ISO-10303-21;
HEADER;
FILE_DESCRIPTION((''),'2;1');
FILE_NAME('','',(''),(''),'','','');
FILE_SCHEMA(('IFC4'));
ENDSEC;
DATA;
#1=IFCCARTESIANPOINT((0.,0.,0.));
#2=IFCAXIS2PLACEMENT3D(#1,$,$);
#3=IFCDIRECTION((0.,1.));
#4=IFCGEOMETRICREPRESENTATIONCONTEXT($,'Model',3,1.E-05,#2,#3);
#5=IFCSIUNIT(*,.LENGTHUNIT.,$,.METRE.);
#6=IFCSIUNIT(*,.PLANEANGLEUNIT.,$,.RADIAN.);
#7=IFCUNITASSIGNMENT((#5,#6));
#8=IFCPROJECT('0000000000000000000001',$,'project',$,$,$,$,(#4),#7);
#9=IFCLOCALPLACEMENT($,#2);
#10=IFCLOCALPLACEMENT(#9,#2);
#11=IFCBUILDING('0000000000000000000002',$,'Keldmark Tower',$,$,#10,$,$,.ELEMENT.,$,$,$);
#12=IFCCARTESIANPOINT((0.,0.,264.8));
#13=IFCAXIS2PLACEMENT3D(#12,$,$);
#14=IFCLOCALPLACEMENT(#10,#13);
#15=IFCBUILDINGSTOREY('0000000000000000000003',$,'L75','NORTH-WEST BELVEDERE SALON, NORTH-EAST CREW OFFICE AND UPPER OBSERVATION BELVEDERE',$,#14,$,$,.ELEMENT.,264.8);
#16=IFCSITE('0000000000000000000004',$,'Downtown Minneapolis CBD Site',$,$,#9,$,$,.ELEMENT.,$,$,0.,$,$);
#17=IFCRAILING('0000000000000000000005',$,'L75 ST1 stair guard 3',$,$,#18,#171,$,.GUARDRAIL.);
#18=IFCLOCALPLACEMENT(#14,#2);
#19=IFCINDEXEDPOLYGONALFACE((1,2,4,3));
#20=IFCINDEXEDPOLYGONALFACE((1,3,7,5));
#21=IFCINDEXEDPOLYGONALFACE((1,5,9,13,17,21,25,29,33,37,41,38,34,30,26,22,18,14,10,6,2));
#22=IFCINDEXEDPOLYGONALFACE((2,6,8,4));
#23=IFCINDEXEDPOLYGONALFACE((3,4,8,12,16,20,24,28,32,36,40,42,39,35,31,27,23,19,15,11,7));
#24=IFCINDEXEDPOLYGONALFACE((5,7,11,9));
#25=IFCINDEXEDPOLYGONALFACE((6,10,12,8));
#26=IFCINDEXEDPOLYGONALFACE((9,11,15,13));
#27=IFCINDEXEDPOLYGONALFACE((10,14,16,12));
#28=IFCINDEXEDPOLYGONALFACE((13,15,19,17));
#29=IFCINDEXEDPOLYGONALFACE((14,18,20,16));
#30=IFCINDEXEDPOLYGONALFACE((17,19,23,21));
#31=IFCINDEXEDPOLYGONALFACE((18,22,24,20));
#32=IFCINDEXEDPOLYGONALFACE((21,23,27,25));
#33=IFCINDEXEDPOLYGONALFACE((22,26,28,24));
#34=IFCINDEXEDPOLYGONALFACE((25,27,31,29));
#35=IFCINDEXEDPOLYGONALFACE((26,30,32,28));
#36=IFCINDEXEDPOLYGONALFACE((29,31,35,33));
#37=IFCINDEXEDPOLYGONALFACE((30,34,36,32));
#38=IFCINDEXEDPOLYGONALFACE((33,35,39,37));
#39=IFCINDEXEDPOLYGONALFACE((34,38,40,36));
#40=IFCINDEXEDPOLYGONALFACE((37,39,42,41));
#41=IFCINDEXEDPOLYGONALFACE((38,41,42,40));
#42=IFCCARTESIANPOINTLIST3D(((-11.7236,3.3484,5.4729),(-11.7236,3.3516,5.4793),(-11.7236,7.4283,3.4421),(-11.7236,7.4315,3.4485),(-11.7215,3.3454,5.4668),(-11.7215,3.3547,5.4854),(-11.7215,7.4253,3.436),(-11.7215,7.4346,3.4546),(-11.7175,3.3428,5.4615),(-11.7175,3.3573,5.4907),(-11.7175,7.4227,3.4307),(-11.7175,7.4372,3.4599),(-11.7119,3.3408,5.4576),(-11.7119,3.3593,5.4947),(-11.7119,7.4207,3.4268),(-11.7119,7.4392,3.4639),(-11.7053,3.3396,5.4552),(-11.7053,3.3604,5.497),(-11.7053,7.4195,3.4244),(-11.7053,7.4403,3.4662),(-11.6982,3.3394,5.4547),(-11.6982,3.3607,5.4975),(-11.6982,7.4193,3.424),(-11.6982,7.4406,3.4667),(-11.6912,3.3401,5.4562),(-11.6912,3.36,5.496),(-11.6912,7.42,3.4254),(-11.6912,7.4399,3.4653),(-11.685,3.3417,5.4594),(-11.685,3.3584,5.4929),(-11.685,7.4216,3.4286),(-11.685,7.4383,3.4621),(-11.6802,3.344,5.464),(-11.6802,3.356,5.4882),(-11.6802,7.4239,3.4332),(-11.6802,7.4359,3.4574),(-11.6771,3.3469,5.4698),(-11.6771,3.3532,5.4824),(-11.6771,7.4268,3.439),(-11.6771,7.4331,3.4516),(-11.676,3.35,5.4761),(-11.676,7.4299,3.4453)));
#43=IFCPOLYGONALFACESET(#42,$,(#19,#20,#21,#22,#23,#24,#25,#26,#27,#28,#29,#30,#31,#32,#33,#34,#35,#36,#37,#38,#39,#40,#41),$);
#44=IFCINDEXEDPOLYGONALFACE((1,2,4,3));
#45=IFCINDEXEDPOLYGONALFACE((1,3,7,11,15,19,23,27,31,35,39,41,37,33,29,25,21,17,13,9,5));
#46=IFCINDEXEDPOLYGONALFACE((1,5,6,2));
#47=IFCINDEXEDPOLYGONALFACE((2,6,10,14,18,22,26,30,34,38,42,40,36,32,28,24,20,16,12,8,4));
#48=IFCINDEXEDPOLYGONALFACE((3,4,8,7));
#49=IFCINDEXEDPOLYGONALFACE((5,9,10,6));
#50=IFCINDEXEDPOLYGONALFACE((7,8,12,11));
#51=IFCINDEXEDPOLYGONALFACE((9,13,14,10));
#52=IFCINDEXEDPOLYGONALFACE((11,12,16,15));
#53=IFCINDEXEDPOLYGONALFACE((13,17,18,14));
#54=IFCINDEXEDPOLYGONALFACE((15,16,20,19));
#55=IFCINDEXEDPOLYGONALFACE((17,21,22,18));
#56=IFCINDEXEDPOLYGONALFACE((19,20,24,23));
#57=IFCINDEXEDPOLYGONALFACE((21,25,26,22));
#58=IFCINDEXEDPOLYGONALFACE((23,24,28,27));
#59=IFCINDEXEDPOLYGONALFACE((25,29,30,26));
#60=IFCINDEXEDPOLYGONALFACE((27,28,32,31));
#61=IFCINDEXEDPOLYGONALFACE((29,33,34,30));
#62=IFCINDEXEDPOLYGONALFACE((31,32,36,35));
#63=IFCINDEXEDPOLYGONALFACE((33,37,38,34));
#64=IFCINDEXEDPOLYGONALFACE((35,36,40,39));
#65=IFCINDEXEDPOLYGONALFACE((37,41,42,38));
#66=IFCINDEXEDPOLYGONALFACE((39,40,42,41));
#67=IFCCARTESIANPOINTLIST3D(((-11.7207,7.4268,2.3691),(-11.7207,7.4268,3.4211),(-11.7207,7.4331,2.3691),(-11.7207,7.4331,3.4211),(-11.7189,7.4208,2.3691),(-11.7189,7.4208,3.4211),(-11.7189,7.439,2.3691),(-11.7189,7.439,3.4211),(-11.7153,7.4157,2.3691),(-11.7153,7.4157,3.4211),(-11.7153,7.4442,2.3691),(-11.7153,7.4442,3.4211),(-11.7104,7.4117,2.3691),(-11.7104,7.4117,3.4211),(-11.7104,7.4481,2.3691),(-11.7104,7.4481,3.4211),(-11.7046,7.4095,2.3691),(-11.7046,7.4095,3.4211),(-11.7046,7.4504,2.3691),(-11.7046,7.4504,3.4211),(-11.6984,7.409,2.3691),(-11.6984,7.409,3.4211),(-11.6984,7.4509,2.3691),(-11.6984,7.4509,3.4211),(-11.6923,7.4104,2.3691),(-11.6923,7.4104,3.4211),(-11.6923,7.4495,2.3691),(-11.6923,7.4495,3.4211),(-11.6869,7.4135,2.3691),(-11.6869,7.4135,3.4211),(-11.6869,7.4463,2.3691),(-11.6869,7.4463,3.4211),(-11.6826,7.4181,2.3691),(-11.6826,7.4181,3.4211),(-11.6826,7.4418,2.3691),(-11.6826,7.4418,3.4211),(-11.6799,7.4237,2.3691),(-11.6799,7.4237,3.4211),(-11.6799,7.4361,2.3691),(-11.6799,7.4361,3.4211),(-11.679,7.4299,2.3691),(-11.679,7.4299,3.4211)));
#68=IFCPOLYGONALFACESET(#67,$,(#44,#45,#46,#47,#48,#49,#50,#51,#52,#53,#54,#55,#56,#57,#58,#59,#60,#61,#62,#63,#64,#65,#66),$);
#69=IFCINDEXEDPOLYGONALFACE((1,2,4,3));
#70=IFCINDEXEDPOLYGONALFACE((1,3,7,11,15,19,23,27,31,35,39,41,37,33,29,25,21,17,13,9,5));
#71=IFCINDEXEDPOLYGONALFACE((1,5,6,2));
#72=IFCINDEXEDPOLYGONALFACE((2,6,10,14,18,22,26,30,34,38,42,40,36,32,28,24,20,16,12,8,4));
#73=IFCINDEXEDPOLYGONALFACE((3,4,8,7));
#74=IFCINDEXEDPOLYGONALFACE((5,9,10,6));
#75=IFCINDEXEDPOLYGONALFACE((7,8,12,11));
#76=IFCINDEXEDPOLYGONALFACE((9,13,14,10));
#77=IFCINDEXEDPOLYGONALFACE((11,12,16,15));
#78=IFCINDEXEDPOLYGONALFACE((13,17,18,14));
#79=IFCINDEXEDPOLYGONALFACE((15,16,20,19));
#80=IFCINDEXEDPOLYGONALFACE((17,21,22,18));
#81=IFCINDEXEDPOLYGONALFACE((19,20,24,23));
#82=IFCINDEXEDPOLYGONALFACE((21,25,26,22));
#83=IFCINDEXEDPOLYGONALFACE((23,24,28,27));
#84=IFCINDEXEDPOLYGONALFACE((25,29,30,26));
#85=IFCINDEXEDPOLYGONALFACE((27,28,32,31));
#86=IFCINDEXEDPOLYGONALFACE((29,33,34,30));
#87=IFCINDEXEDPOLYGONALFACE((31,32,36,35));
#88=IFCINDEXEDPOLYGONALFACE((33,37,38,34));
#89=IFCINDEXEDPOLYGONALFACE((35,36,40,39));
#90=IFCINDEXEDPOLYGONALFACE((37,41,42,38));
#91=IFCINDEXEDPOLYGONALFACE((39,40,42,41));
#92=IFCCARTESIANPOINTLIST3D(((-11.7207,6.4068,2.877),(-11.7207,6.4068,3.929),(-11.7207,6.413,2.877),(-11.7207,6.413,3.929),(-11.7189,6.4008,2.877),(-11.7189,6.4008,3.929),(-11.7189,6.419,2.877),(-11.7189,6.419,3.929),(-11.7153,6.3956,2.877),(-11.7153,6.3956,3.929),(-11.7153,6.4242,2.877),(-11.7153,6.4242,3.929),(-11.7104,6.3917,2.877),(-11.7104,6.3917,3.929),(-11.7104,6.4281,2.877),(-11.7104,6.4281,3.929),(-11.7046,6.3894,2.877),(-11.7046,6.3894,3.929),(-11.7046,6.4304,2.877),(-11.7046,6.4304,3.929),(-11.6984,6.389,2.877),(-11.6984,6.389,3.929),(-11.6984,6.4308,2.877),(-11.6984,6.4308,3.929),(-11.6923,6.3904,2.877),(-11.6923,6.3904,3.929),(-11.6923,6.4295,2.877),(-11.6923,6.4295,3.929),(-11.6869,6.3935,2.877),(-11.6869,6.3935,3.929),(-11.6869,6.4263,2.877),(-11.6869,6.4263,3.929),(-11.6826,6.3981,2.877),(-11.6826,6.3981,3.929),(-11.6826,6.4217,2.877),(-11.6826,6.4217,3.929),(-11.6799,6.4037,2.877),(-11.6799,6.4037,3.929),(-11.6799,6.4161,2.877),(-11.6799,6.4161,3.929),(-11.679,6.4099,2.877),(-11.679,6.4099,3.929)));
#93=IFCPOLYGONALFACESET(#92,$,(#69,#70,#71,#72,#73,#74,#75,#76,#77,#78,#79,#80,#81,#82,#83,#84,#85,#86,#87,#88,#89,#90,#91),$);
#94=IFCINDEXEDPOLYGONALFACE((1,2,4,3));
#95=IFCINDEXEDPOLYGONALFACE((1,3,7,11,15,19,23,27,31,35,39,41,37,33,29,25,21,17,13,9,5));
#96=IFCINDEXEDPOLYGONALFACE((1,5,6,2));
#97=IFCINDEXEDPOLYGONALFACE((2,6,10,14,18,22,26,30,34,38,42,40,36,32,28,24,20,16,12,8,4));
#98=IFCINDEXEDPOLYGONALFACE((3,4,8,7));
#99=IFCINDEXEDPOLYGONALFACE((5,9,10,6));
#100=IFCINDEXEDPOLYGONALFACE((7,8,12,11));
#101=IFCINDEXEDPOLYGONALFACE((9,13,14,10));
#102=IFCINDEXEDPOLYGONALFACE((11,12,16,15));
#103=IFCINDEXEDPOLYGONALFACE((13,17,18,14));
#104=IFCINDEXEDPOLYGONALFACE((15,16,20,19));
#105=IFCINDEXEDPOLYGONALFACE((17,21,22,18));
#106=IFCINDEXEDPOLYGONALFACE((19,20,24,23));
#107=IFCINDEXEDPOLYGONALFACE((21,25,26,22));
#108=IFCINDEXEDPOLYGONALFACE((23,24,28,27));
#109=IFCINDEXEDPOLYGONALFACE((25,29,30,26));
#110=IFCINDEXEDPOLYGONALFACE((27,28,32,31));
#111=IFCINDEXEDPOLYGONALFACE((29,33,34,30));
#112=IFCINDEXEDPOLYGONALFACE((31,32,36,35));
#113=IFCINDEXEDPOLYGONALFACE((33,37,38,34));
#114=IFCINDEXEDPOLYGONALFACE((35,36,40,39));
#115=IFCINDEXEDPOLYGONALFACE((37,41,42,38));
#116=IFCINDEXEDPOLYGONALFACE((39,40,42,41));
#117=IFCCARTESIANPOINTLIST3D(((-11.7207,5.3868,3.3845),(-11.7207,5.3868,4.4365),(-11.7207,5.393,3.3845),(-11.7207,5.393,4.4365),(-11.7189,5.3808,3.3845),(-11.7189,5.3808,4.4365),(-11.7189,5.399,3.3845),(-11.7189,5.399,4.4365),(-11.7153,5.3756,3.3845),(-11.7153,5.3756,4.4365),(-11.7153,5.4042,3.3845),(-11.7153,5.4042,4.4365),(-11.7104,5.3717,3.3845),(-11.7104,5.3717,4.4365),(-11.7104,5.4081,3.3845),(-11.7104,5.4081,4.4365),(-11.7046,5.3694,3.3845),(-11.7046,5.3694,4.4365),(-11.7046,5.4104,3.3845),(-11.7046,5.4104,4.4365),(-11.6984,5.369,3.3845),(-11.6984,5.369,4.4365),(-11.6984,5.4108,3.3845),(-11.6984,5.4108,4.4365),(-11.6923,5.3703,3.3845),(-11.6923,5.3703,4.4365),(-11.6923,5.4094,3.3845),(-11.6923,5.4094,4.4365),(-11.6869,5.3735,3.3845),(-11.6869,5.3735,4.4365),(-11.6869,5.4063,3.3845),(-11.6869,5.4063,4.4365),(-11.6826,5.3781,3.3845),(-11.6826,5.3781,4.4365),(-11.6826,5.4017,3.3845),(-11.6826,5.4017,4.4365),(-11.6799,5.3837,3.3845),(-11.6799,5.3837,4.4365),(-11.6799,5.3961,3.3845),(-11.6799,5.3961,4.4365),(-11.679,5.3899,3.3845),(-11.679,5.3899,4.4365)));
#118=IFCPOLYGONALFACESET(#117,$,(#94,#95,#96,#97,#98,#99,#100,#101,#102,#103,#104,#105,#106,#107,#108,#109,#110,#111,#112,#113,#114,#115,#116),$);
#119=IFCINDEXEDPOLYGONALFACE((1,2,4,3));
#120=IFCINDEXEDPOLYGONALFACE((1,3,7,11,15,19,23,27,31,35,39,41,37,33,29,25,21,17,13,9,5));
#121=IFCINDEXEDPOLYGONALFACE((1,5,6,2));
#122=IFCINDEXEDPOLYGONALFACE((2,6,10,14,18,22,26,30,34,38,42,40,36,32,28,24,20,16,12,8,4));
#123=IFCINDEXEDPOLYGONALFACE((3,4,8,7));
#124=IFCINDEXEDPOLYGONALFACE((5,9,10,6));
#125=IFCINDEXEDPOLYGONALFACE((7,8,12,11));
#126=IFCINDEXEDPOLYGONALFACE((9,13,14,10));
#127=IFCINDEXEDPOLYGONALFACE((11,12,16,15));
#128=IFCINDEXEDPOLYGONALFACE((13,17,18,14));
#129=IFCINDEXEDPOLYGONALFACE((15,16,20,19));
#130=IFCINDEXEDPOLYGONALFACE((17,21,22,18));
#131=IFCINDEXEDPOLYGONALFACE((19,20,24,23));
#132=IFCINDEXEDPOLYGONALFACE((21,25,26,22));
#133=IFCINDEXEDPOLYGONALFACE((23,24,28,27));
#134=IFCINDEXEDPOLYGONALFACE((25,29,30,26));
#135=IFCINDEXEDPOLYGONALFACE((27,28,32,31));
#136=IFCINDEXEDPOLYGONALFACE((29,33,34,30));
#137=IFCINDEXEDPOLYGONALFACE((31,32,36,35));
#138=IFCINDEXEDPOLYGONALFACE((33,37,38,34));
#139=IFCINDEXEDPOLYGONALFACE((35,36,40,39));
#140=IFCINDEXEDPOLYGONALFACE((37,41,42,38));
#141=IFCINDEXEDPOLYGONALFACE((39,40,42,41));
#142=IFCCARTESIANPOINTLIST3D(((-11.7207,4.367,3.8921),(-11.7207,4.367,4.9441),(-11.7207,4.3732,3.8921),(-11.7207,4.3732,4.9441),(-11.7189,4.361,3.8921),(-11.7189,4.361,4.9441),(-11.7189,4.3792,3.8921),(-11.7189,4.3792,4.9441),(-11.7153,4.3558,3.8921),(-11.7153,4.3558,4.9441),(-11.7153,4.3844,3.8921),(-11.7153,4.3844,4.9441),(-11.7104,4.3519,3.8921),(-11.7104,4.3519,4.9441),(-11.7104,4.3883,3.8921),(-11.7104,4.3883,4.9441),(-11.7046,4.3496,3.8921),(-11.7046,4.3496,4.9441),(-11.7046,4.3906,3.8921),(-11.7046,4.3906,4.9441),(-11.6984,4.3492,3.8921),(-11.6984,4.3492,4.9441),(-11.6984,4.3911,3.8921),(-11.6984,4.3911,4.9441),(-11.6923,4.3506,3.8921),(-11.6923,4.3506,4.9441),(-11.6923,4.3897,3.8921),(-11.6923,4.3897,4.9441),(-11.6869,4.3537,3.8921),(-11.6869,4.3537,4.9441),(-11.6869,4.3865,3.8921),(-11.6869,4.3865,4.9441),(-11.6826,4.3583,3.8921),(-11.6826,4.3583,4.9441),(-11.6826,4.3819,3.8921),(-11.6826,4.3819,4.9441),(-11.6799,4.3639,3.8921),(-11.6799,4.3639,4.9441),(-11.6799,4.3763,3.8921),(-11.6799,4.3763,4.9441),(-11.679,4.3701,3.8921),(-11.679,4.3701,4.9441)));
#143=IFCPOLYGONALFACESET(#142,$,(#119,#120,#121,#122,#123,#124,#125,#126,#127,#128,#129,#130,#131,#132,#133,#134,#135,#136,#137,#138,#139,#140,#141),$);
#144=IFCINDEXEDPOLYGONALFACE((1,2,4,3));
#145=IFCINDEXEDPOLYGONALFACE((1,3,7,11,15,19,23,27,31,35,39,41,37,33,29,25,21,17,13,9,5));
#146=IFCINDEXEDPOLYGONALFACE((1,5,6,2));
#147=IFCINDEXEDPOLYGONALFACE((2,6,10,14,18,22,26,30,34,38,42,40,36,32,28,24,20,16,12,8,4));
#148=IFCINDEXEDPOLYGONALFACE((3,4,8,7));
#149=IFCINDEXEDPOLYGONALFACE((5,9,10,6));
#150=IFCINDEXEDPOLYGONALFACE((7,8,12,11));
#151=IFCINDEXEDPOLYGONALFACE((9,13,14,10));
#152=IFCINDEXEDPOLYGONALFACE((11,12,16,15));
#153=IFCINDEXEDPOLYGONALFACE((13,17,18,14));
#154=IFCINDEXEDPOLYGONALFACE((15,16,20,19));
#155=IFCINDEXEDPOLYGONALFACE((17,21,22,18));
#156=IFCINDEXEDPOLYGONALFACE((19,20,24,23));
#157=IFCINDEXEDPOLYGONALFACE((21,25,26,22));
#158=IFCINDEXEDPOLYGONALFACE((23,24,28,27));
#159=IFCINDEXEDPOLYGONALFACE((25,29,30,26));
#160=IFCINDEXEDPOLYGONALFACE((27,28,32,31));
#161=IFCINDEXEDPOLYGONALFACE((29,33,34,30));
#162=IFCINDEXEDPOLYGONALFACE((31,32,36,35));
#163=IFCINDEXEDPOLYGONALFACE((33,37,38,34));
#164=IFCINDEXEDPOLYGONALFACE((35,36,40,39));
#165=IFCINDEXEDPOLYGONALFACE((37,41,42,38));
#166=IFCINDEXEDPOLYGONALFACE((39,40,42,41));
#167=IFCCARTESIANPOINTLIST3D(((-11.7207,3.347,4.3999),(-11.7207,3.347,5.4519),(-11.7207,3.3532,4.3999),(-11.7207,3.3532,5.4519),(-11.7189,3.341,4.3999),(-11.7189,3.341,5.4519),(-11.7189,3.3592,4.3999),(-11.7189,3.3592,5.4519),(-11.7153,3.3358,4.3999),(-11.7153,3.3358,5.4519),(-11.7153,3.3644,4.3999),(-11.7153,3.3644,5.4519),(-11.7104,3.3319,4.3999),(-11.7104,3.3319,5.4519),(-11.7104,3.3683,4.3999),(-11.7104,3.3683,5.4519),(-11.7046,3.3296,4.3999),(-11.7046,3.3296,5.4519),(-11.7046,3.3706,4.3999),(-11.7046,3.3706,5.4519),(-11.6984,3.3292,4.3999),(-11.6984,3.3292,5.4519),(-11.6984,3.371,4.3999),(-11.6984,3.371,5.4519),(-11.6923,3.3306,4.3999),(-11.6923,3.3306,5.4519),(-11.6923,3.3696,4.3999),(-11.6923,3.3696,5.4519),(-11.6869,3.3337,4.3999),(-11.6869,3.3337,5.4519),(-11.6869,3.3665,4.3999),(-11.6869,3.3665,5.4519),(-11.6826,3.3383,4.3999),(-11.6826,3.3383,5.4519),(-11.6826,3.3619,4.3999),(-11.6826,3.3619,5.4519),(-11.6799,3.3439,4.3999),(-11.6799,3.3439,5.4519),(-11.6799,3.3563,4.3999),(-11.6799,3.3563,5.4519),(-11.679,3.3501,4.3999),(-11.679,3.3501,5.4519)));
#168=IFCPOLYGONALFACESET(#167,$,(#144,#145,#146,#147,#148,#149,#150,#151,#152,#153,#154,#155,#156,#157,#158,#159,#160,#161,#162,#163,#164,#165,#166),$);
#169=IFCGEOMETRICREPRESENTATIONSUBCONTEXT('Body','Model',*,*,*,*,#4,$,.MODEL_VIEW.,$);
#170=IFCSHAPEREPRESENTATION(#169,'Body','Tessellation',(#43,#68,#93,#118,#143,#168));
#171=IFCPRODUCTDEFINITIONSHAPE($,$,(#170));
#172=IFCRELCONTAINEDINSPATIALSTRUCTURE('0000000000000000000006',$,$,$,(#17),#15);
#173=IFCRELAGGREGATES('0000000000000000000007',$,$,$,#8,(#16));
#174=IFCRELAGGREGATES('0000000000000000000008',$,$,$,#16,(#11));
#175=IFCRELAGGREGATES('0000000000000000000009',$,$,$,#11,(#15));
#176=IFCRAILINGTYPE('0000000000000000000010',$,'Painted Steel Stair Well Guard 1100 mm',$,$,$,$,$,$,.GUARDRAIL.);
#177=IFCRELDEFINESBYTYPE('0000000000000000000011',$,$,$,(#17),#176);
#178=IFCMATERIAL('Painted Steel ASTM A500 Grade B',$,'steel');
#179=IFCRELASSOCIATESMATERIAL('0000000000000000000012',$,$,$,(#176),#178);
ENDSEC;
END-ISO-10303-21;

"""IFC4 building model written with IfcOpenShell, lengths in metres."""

from ifc_helpers import new_model, si_unit, direction, frame, origin, origin_2d, place, context, subcontext, project, spatial, circle, extrude, material, type_object, element, save


model = new_model("IFC4")

# Units and contexts
model_context = context("Model", 3, precision=1e-05, world=origin(), true_north=direction((0.0, 1.0)))
body_context = subcontext(model_context, "Body", "Model", "MODEL_VIEW")
ifc_project = project(units=[si_unit("LENGTHUNIT", "METRE"), si_unit("PLANEANGLEUNIT", "RADIAN")], contexts=[model_context])

# Site, building, storey
site_placement = place(None, origin())
site = spatial("IfcSite", under=ifc_project, at=site_placement, Name="Downtown Minneapolis CBD Site", CompositionType="ELEMENT", RefElevation=0.0)
building_placement = place(site_placement, origin())
building = spatial("IfcBuilding", under=site, at=building_placement, Name="Keldmark Tower", CompositionType="ELEMENT")
storey_placement = place(building_placement, frame((0.0, 0.0, 264.8)))
storey = spatial("IfcBuildingStorey", under=building, at=storey_placement, Name="L75", Description="NORTH-WEST BELVEDERE SALON, NORTH-EAST CREW OFFICE AND UPPER OBSERVATION BELVEDERE", CompositionType="ELEMENT", Elevation=264.8)

# Railing
ifc_material_1 = material(Name="Painted Steel ASTM A500 Grade B", Category="steel")
railing_type_1 = type_object("IfcRailingType", Name="Painted Steel Stair Well Guard 1100 mm", PredefinedType="GUARDRAIL", material=ifc_material_1)
railing_1_placement = place(storey_placement, frame((-11.7, 7.4299, 2.3691)))
element("IfcRailing", 1, at=railing_1_placement, inside=storey, type_object=railing_type_1, Name="L75 ST1 stair guard 3", PredefinedType="GUARDRAIL", context=body_context, shape_type="SweptSolid", body=[
    extrude(circle(Radius=0.0239, at=origin_2d()), frame((0.0, 0.0, 1.0762), z_axis=(0.0, -0.895229, 0.445606), x_axis=(1.0, 0.0, 0.0)), (0.0, 0.0, 1.0), 4.5574),
    extrude(circle(Radius=0.021, at=origin_2d()), origin(), (0.0, 0.0, 1.0), 1.052),
    extrude(circle(Radius=0.021, at=origin_2d()), frame((0.0, -1.02, 0.5078)), (0.0, 0.0, 1.0), 1.052),
    extrude(circle(Radius=0.021, at=origin_2d()), frame((0.0, -2.04, 1.0154)), (0.0, 0.0, 1.0), 1.052),
    extrude(circle(Radius=0.021, at=origin_2d()), frame((0.0, -3.0598, 1.5229)), (0.0, 0.0, 1.0), 1.052),
    extrude(circle(Radius=0.021, at=origin_2d()), frame((0.0, -4.0798, 2.0308)), (0.0, 0.0, 1.0), 1.052),
])

save(model, "model.ifc")
